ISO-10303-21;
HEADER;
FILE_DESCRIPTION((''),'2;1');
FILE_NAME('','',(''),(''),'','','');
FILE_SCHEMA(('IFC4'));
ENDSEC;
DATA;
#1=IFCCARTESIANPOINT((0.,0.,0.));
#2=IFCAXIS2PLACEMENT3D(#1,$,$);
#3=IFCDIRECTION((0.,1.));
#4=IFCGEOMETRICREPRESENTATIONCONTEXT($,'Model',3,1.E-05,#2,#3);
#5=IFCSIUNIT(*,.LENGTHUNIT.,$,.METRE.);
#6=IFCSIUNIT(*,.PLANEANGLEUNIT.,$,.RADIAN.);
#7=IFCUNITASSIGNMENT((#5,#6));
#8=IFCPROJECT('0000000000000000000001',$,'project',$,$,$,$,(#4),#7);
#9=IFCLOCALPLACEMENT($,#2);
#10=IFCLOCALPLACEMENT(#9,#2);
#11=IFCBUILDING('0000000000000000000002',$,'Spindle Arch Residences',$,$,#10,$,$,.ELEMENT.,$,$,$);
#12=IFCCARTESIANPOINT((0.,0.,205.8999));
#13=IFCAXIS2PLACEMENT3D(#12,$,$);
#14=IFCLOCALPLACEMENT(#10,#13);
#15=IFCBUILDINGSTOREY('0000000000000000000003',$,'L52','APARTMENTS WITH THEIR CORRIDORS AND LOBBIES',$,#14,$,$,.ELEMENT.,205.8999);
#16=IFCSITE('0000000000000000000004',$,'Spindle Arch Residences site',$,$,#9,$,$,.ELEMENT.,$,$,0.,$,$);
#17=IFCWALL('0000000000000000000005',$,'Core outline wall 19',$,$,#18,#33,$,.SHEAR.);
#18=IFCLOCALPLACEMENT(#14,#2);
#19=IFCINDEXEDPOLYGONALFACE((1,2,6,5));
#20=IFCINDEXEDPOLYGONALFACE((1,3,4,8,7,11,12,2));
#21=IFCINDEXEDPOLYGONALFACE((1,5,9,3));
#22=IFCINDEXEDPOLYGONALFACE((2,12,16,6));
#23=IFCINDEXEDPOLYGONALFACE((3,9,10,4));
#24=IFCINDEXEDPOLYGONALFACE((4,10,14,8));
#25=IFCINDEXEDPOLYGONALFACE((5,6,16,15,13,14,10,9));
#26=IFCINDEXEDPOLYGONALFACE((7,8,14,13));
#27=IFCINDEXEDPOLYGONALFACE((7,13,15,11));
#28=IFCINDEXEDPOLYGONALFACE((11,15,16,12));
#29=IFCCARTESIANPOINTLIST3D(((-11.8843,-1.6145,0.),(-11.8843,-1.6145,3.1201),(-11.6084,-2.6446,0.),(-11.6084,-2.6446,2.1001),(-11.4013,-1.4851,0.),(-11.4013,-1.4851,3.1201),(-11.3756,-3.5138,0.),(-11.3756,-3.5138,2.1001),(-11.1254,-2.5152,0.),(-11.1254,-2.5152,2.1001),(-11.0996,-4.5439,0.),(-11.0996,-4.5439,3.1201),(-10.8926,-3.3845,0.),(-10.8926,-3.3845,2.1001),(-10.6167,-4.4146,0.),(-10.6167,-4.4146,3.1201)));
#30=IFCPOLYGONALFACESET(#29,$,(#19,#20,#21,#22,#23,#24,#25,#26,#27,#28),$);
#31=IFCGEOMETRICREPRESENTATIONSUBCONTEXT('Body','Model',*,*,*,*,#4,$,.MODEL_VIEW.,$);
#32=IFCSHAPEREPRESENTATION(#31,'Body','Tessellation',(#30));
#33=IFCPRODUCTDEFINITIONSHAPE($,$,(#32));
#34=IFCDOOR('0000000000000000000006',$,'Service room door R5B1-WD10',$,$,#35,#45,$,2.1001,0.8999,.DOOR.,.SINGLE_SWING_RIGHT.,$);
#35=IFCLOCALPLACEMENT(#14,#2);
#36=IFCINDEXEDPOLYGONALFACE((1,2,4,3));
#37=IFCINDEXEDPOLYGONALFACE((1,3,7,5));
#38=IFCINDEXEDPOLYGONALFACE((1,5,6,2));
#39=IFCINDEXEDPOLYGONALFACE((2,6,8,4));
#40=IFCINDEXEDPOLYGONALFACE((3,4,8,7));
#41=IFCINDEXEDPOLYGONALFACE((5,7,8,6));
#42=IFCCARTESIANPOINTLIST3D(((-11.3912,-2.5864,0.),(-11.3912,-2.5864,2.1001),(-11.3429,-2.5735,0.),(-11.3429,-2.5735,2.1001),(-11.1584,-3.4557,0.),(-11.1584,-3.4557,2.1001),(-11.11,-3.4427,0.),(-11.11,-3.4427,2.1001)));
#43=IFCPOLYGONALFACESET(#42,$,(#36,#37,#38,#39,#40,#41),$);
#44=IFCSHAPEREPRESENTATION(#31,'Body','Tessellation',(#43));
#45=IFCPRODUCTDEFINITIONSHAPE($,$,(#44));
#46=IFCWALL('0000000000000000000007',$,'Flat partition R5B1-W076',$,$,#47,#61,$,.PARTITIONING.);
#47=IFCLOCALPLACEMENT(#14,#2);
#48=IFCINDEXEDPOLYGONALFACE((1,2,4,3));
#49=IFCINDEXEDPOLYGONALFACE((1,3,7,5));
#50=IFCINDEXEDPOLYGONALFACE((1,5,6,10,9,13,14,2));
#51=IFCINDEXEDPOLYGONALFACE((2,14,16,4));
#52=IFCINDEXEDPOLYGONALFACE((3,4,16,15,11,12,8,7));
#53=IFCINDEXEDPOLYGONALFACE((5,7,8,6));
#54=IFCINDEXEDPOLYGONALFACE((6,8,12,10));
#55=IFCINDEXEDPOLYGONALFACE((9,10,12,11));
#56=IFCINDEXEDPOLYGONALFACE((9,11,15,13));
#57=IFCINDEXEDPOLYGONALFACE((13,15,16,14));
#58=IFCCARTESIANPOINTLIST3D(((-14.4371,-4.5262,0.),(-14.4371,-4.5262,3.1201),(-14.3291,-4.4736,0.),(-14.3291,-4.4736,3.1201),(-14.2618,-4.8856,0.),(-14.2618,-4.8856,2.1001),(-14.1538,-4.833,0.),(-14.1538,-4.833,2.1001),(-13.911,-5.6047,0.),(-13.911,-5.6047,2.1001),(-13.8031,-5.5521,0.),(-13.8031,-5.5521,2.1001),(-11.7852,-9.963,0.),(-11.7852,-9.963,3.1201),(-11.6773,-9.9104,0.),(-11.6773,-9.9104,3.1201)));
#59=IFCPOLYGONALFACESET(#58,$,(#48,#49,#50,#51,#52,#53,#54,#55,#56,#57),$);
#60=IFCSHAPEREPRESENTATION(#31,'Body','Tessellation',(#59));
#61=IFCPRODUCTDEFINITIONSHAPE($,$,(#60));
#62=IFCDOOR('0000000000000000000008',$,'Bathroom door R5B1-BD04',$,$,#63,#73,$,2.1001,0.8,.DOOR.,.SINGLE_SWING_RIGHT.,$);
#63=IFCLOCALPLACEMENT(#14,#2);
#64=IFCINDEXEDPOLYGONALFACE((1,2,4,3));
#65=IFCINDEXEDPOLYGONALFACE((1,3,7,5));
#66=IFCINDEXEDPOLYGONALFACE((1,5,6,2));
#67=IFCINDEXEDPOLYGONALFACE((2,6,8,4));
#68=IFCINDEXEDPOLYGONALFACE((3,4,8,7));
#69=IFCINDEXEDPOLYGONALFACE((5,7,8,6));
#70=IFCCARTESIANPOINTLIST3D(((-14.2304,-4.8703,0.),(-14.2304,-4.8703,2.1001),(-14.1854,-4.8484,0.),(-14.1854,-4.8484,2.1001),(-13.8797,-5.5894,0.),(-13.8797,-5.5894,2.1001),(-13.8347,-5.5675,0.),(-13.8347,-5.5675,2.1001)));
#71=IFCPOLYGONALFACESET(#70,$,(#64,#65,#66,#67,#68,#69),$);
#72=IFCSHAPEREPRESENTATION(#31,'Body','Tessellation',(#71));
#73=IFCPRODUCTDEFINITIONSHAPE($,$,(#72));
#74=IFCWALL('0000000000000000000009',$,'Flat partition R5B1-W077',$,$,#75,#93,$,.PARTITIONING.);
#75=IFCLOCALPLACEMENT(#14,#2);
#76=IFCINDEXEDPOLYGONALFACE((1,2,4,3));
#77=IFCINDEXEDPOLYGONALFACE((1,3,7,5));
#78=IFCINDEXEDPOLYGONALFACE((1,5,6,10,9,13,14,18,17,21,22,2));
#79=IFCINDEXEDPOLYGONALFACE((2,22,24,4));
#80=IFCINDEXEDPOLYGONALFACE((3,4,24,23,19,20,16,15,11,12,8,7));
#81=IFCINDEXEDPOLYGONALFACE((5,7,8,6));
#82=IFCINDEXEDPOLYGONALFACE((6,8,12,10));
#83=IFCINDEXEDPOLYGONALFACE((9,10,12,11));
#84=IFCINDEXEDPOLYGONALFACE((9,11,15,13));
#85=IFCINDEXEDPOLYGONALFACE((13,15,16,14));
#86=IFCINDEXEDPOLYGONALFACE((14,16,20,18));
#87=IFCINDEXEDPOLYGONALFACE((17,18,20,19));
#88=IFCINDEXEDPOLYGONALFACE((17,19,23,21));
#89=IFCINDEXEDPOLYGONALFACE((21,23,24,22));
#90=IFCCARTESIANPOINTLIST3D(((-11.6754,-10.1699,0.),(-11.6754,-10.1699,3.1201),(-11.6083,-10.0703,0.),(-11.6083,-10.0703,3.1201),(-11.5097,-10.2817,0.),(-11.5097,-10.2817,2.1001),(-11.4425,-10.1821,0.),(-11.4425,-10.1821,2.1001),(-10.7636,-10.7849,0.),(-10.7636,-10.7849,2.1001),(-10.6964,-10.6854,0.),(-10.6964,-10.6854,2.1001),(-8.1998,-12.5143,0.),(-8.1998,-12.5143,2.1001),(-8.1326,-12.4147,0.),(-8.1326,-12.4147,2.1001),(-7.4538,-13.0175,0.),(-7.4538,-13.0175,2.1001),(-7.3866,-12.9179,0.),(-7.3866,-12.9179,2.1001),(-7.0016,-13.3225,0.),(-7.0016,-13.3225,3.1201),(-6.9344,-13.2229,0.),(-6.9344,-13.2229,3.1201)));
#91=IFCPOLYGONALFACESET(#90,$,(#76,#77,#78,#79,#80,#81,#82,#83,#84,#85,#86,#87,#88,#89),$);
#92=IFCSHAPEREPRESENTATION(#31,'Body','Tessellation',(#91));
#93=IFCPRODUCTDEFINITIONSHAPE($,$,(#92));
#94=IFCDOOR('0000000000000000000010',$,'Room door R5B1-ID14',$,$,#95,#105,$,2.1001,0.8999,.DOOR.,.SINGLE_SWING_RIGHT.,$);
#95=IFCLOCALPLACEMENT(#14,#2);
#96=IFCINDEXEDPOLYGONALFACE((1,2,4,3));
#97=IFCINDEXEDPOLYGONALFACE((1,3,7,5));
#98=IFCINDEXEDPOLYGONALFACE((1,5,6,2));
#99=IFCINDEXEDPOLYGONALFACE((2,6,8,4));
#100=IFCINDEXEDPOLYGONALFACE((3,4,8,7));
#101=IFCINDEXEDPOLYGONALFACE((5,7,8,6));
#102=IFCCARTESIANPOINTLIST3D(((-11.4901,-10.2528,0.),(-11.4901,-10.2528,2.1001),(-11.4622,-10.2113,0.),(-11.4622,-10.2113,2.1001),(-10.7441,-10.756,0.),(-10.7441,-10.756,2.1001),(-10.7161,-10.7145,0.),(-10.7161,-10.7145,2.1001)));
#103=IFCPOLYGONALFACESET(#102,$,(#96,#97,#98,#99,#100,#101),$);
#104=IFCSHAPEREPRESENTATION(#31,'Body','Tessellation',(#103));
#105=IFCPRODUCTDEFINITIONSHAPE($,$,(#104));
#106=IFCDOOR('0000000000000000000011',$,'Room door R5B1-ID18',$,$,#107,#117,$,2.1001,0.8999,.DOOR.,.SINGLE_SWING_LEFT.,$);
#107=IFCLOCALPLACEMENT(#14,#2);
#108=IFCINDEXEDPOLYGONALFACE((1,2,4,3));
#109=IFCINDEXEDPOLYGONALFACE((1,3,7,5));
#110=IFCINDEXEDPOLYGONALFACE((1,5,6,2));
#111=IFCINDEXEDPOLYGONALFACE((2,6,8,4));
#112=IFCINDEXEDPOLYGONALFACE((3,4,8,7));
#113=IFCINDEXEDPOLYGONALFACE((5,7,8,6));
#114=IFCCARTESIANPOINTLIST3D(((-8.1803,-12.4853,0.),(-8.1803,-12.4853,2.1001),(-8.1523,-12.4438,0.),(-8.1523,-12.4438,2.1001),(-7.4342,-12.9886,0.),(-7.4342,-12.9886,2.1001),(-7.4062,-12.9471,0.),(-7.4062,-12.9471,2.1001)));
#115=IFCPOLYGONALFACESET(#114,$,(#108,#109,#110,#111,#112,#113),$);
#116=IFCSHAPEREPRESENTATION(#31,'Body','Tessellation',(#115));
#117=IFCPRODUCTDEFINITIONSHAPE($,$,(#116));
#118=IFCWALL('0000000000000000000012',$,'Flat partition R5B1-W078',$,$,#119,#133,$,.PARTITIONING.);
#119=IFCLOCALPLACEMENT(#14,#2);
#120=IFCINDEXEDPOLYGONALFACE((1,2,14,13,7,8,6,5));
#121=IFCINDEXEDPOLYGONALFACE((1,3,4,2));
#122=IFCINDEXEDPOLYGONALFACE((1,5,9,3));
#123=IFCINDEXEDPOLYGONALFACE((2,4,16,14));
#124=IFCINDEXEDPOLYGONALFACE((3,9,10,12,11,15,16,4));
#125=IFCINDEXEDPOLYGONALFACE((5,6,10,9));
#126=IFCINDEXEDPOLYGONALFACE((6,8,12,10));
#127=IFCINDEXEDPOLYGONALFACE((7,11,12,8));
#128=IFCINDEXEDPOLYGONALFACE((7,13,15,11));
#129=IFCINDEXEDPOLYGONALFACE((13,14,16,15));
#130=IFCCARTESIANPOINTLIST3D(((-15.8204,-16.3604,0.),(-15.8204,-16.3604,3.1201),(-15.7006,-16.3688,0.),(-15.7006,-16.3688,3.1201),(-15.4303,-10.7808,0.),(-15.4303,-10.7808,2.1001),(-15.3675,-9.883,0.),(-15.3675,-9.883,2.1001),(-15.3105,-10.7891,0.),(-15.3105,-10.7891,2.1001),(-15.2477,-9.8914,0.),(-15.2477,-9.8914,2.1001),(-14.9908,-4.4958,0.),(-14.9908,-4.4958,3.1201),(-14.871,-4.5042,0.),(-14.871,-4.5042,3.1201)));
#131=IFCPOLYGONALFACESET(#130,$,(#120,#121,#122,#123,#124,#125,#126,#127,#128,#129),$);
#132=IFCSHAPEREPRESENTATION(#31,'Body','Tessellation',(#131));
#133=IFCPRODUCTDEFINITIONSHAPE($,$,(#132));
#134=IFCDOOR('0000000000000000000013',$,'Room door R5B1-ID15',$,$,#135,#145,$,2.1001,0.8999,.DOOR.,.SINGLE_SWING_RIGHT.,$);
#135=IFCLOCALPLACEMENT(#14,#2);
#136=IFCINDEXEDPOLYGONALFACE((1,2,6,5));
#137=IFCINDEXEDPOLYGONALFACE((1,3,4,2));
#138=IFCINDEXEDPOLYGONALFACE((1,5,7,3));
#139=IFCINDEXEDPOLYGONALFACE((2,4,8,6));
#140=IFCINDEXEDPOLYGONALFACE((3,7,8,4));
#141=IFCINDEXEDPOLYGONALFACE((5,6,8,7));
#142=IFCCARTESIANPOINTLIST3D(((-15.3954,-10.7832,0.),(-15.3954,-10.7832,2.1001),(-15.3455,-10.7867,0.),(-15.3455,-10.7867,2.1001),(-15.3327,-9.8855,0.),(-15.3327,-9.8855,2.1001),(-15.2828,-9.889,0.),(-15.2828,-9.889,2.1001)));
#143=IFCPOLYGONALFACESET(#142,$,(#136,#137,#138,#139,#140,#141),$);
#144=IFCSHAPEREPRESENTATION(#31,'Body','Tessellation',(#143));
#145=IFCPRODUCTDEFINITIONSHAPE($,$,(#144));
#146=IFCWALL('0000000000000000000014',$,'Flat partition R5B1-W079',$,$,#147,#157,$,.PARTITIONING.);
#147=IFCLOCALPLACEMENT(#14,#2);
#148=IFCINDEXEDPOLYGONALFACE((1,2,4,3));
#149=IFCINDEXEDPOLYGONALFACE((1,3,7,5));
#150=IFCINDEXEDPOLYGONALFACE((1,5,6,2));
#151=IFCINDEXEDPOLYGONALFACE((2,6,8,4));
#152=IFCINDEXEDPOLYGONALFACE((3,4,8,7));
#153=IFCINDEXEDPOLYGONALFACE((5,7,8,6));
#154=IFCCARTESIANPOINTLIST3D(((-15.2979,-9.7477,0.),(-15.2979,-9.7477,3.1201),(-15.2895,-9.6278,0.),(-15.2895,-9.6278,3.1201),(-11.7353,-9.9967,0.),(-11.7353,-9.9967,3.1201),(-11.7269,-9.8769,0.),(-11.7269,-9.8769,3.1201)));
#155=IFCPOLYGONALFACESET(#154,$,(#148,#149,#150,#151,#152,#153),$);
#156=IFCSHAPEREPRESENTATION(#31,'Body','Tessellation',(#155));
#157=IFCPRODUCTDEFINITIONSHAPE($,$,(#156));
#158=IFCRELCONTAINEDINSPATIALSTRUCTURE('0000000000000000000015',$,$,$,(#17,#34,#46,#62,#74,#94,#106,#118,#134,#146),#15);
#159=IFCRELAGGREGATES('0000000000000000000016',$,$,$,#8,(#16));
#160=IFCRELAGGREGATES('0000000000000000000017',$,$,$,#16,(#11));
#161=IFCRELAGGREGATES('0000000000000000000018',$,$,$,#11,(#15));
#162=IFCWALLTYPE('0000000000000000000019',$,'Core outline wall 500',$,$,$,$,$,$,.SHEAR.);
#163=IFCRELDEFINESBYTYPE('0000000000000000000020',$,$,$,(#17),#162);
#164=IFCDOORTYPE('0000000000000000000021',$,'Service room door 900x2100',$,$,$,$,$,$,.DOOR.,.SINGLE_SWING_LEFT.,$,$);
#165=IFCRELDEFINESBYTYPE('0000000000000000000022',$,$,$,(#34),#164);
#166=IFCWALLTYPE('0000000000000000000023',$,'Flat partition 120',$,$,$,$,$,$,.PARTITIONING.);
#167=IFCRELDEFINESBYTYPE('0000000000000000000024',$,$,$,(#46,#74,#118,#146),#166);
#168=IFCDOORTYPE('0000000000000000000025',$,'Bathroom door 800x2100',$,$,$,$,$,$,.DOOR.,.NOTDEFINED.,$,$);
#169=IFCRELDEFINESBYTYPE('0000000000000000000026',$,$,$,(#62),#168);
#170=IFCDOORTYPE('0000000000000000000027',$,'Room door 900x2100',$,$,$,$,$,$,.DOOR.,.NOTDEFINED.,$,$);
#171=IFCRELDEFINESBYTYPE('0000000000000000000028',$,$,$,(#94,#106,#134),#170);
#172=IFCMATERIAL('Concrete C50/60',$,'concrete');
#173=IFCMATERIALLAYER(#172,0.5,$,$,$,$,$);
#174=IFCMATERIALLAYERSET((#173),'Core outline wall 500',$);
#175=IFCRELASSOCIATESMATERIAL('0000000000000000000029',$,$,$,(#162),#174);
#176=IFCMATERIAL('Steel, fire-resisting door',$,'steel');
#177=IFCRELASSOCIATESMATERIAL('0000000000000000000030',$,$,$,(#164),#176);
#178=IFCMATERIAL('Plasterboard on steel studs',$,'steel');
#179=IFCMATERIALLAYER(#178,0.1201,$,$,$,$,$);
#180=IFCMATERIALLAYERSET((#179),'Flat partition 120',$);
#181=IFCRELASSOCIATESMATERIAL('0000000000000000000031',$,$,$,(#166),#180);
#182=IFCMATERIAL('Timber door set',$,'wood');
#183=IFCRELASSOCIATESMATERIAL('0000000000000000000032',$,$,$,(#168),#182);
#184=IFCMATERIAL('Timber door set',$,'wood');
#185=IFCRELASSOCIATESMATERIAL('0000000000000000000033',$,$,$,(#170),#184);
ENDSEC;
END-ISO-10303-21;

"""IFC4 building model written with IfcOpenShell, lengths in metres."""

from ifc_helpers import new_model, si_unit, direction, frame, frame_2d, origin, place, context, subcontext, project, spatial, rectangle, extrude, material, layer, layer_set, type_object, element, fill, save


model = new_model("IFC4")

# Units and contexts
model_context = context("Model", 3, precision=1e-05, world=origin(), true_north=direction((0.0, 1.0)))
body_context = subcontext(model_context, "Body", "Model", "MODEL_VIEW")
ifc_project = project(units=[si_unit("LENGTHUNIT", "METRE"), si_unit("PLANEANGLEUNIT", "RADIAN")], contexts=[model_context])

# Site, building, storey
site_placement = place(None, origin())
site = spatial("IfcSite", under=ifc_project, at=site_placement, Name="Spindle Arch Residences site", CompositionType="ELEMENT", RefElevation=0.0)
building_placement = place(site_placement, origin())
building = spatial("IfcBuilding", under=site, at=building_placement, Name="Spindle Arch Residences", CompositionType="ELEMENT")
storey_placement = place(building_placement, frame((0.0, 0.0, 205.8999)))
storey = spatial("IfcBuildingStorey", under=building, at=storey_placement, Name="L52", Description="APARTMENTS WITH THEIR CORRIDORS AND LOBBIES", CompositionType="ELEMENT", Elevation=205.8999)

# Walls, openings, doors
ifc_material_1 = material(Name="Concrete C50/60", Category="concrete")
ifc_layer_1 = layer(ifc_material_1, 0.5)
ifc_layer_set_1 = layer_set([ifc_layer_1], Name="Core outline wall 500")
wall_type_1 = type_object("IfcWallType", Name="Core outline wall 500", PredefinedType="SHEAR", material=ifc_layer_set_1)
wall_1_placement = place(storey_placement, frame((-11.6428, -1.5498, 0.0), z_axis=(0.0, 0.0, 1.0), x_axis=(0.258735, -0.965948, 0.0)))
wall_1 = element("IfcWall", 1, at=wall_1_placement, inside=storey, type_object=wall_type_1, Name="Core outline wall 19", PredefinedType="SHEAR", context=body_context, shape_type="SweptSolid", body=[
    extrude(rectangle(XDim=3.0327, YDim=0.5, at=frame_2d((1.5164, 0.0))), origin(), (0.0, 0.0, 1.0), 3.1201),
])
opening_1_placement = place(wall_1_placement, frame((1.0664, 0.0, 0.0)))
opening_1 = element("IfcOpeningElement", 2, at=opening_1_placement, cuts=wall_1, PredefinedType="OPENING", context=body_context, shape_type="SweptSolid", body=[
    extrude(rectangle(XDim=0.8999, YDim=2.1001, at=frame_2d((0.45, 1.05))), frame((0.0, 0.26, 0.0), z_axis=(0.0, -1.0, 0.0), x_axis=(1.0, 0.0, 0.0)), (0.0, 0.0, 1.0), 0.52),
])
ifc_material_2 = material(Name="Steel, fire-resisting door", Category="steel")
door_type_1 = type_object("IfcDoorType", Name="Service room door 900x2100", OperationType="SINGLE_SWING_LEFT", PredefinedType="DOOR", material=ifc_material_2)
door_1_placement = place(opening_1_placement, origin())
door_1 = element("IfcDoor", 3, at=door_1_placement, inside=storey, type_object=door_type_1, Name="Service room door R5B1-WD10", OperationType="SINGLE_SWING_RIGHT", OverallHeight=2.1001, OverallWidth=0.8999, PredefinedType="DOOR", context=body_context, shape_type="SweptSolid", body=[
    extrude(rectangle(XDim=0.8999, YDim=2.1001, at=frame_2d((0.45, 1.05))), frame((0.0, 0.0249, 0.0), z_axis=(0.0, -1.0, 0.0), x_axis=(1.0, 0.0, 0.0)), (0.0, 0.0, 1.0), 0.05),
])
fill(opening_1, door_1)
ifc_material_3 = material(Name="Plasterboard on steel studs", Category="steel")
ifc_layer_2 = layer(ifc_material_3, 0.1201)
ifc_layer_set_2 = layer_set([ifc_layer_2], Name="Flat partition 120")
wall_type_2 = type_object("IfcWallType", Name="Flat partition 120", PredefinedType="PARTITIONING", material=ifc_layer_set_2)
wall_2_placement = place(storey_placement, frame((-14.3831, -4.5, 0.0), z_axis=(0.0, 0.0, 1.0), x_axis=(0.438393, -0.898783, 0.0)))
wall_2 = element("IfcWall", 4, at=wall_2_placement, inside=storey, type_object=wall_type_2, Name="Flat partition R5B1-W076", PredefinedType="PARTITIONING", context=body_context, shape_type="SweptSolid", body=[
    extrude(rectangle(XDim=6.0491, YDim=0.1201, at=frame_2d((3.0244, 0.0))), origin(), (0.0, 0.0, 1.0), 3.1201),
])
opening_2_placement = place(wall_2_placement, frame((0.3999, 0.0, 0.0)))
opening_2 = element("IfcOpeningElement", 5, at=opening_2_placement, cuts=wall_2, PredefinedType="OPENING", context=body_context, shape_type="SweptSolid", body=[
    extrude(rectangle(XDim=0.8, YDim=2.1001, at=frame_2d((0.3999, 1.05))), frame((0.0, 0.0701, 0.0), z_axis=(0.0, -1.0, 0.0), x_axis=(1.0, 0.0, 0.0)), (0.0, 0.0, 1.0), 0.1401),
])
ifc_material_4 = material(Name="Timber door set", Category="wood")
door_type_2 = type_object("IfcDoorType", Name="Bathroom door 800x2100", OperationType="NOTDEFINED", PredefinedType="DOOR", material=ifc_material_4)
door_2_placement = place(opening_2_placement, origin())
door_2 = element("IfcDoor", 6, at=door_2_placement, inside=storey, type_object=door_type_2, Name="Bathroom door R5B1-BD04", OperationType="SINGLE_SWING_RIGHT", OverallHeight=2.1001, OverallWidth=0.8, PredefinedType="DOOR", context=body_context, shape_type="SweptSolid", body=[
    extrude(rectangle(XDim=0.8, YDim=2.1001, at=frame_2d((0.3999, 1.05))), frame((0.0, 0.0249, 0.0), z_axis=(0.0, -1.0, 0.0), x_axis=(1.0, 0.0, 0.0)), (0.0, 0.0, 1.0), 0.05),
])
fill(opening_2, door_2)

# Wall, openings, doors
wall_3_placement = place(storey_placement, frame((-11.6418, -10.1201, 0.0), z_axis=(0.0, 0.0, 1.0), x_axis=(0.829033, -0.559199, 0.0)))
wall_3 = element("IfcWall", 7, at=wall_3_placement, inside=storey, type_object=wall_type_2, Name="Flat partition R5B1-W077", PredefinedType="PARTITIONING", context=body_context, shape_type="SweptSolid", body=[
    extrude(rectangle(XDim=5.6377, YDim=0.1201, at=frame_2d((2.8188, 0.0))), origin(), (0.0, 0.0, 1.0), 3.1201),
])
opening_3_placement = place(wall_3_placement, frame((0.2, 0.0, 0.0)))
opening_3 = element("IfcOpeningElement", 8, at=opening_3_placement, cuts=wall_3, PredefinedType="OPENING", context=body_context, shape_type="SweptSolid", body=[
    extrude(rectangle(XDim=0.8999, YDim=2.1001, at=frame_2d((0.45, 1.05))), frame((0.0, 0.0701, 0.0), z_axis=(0.0, -1.0, 0.0), x_axis=(1.0, 0.0, 0.0)), (0.0, 0.0, 1.0), 0.1401),
])
opening_4_placement = place(wall_3_placement, frame((4.1924, 0.0, 0.0)))
opening_4 = element("IfcOpeningElement", 9, at=opening_4_placement, cuts=wall_3, PredefinedType="OPENING", context=body_context, shape_type="SweptSolid", body=[
    extrude(rectangle(XDim=0.8999, YDim=2.1001, at=frame_2d((0.45, 1.05))), frame((0.0, 0.0701, 0.0), z_axis=(0.0, -1.0, 0.0), x_axis=(1.0, 0.0, 0.0)), (0.0, 0.0, 1.0), 0.1401),
])
ifc_material_5 = material(Name="Timber door set", Category="wood")
door_type_3 = type_object("IfcDoorType", Name="Room door 900x2100", OperationType="NOTDEFINED", PredefinedType="DOOR", material=ifc_material_5)
door_3_placement = place(opening_3_placement, origin())
door_3 = element("IfcDoor", 10, at=door_3_placement, inside=storey, type_object=door_type_3, Name="Room door R5B1-ID14", OperationType="SINGLE_SWING_RIGHT", OverallHeight=2.1001, OverallWidth=0.8999, PredefinedType="DOOR", context=body_context, shape_type="SweptSolid", body=[
    extrude(rectangle(XDim=0.8999, YDim=2.1001, at=frame_2d((0.45, 1.05))), frame((0.0, 0.0249, 0.0), z_axis=(0.0, -1.0, 0.0), x_axis=(1.0, 0.0, 0.0)), (0.0, 0.0, 1.0), 0.05),
])
fill(opening_3, door_3)
door_4_placement = place(opening_4_placement, origin())
door_4 = element("IfcDoor", 11, at=door_4_placement, inside=storey, type_object=door_type_3, Name="Room door R5B1-ID18", OperationType="SINGLE_SWING_LEFT", OverallHeight=2.1001, OverallWidth=0.8999, PredefinedType="DOOR", context=body_context, shape_type="SweptSolid", body=[
    extrude(rectangle(XDim=0.8999, YDim=2.1001, at=frame_2d((0.45, 1.05))), frame((0.0, 0.0249, 0.0), z_axis=(0.0, -1.0, 0.0), x_axis=(1.0, 0.0, 0.0)), (0.0, 0.0, 1.0), 0.05),
])
fill(opening_4, door_4)

# Wall, opening, door
wall_4_placement = place(storey_placement, frame((-14.9309, -4.5, 0.0), z_axis=(0.0, 0.0, 1.0), x_axis=(-0.069752, -0.997564, 0.0)))
wall_4 = element("IfcWall", 12, at=wall_4_placement, inside=storey, type_object=wall_type_2, Name="Flat partition R5B1-W078", PredefinedType="PARTITIONING", context=body_context, shape_type="SweptSolid", body=[
    extrude(rectangle(XDim=11.8936, YDim=0.1201, at=frame_2d((5.9468, 0.0))), origin(), (0.0, 0.0, 1.0), 3.1201),
])
opening_5_placement = place(wall_4_placement, frame((5.4004, 0.0, 0.0)))
opening_5 = element("IfcOpeningElement", 13, at=opening_5_placement, cuts=wall_4, PredefinedType="OPENING", context=body_context, shape_type="SweptSolid", body=[
    extrude(rectangle(XDim=0.8999, YDim=2.1001, at=frame_2d((0.45, 1.05))), frame((0.0, 0.0701, 0.0), z_axis=(0.0, -1.0, 0.0), x_axis=(1.0, 0.0, 0.0)), (0.0, 0.0, 1.0), 0.1401),
])
door_5_placement = place(opening_5_placement, origin())
door_5 = element("IfcDoor", 14, at=door_5_placement, inside=storey, type_object=door_type_3, Name="Room door R5B1-ID15", OperationType="SINGLE_SWING_RIGHT", OverallHeight=2.1001, OverallWidth=0.8999, PredefinedType="DOOR", context=body_context, shape_type="SweptSolid", body=[
    extrude(rectangle(XDim=0.8999, YDim=2.1001, at=frame_2d((0.45, 1.05))), frame((0.0, 0.0249, 0.0), z_axis=(0.0, -1.0, 0.0), x_axis=(1.0, 0.0, 0.0)), (0.0, 0.0, 1.0), 0.05),
])
fill(opening_5, door_5)

# Wall
wall_5_placement = place(storey_placement, frame((-15.2937, -9.6877, 0.0), z_axis=(0.0, 0.0, 1.0), x_axis=(0.997566, -0.069731, 0.0)))
element("IfcWall", 15, at=wall_5_placement, inside=storey, type_object=wall_type_2, Name="Flat partition R5B1-W079", PredefinedType="PARTITIONING", context=body_context, shape_type="SweptSolid", body=[
    extrude(rectangle(XDim=3.5713, YDim=0.1201, at=frame_2d((1.7856, 0.0))), origin(), (0.0, 0.0, 1.0), 3.1201),
])

save(model, "model.ifc")
